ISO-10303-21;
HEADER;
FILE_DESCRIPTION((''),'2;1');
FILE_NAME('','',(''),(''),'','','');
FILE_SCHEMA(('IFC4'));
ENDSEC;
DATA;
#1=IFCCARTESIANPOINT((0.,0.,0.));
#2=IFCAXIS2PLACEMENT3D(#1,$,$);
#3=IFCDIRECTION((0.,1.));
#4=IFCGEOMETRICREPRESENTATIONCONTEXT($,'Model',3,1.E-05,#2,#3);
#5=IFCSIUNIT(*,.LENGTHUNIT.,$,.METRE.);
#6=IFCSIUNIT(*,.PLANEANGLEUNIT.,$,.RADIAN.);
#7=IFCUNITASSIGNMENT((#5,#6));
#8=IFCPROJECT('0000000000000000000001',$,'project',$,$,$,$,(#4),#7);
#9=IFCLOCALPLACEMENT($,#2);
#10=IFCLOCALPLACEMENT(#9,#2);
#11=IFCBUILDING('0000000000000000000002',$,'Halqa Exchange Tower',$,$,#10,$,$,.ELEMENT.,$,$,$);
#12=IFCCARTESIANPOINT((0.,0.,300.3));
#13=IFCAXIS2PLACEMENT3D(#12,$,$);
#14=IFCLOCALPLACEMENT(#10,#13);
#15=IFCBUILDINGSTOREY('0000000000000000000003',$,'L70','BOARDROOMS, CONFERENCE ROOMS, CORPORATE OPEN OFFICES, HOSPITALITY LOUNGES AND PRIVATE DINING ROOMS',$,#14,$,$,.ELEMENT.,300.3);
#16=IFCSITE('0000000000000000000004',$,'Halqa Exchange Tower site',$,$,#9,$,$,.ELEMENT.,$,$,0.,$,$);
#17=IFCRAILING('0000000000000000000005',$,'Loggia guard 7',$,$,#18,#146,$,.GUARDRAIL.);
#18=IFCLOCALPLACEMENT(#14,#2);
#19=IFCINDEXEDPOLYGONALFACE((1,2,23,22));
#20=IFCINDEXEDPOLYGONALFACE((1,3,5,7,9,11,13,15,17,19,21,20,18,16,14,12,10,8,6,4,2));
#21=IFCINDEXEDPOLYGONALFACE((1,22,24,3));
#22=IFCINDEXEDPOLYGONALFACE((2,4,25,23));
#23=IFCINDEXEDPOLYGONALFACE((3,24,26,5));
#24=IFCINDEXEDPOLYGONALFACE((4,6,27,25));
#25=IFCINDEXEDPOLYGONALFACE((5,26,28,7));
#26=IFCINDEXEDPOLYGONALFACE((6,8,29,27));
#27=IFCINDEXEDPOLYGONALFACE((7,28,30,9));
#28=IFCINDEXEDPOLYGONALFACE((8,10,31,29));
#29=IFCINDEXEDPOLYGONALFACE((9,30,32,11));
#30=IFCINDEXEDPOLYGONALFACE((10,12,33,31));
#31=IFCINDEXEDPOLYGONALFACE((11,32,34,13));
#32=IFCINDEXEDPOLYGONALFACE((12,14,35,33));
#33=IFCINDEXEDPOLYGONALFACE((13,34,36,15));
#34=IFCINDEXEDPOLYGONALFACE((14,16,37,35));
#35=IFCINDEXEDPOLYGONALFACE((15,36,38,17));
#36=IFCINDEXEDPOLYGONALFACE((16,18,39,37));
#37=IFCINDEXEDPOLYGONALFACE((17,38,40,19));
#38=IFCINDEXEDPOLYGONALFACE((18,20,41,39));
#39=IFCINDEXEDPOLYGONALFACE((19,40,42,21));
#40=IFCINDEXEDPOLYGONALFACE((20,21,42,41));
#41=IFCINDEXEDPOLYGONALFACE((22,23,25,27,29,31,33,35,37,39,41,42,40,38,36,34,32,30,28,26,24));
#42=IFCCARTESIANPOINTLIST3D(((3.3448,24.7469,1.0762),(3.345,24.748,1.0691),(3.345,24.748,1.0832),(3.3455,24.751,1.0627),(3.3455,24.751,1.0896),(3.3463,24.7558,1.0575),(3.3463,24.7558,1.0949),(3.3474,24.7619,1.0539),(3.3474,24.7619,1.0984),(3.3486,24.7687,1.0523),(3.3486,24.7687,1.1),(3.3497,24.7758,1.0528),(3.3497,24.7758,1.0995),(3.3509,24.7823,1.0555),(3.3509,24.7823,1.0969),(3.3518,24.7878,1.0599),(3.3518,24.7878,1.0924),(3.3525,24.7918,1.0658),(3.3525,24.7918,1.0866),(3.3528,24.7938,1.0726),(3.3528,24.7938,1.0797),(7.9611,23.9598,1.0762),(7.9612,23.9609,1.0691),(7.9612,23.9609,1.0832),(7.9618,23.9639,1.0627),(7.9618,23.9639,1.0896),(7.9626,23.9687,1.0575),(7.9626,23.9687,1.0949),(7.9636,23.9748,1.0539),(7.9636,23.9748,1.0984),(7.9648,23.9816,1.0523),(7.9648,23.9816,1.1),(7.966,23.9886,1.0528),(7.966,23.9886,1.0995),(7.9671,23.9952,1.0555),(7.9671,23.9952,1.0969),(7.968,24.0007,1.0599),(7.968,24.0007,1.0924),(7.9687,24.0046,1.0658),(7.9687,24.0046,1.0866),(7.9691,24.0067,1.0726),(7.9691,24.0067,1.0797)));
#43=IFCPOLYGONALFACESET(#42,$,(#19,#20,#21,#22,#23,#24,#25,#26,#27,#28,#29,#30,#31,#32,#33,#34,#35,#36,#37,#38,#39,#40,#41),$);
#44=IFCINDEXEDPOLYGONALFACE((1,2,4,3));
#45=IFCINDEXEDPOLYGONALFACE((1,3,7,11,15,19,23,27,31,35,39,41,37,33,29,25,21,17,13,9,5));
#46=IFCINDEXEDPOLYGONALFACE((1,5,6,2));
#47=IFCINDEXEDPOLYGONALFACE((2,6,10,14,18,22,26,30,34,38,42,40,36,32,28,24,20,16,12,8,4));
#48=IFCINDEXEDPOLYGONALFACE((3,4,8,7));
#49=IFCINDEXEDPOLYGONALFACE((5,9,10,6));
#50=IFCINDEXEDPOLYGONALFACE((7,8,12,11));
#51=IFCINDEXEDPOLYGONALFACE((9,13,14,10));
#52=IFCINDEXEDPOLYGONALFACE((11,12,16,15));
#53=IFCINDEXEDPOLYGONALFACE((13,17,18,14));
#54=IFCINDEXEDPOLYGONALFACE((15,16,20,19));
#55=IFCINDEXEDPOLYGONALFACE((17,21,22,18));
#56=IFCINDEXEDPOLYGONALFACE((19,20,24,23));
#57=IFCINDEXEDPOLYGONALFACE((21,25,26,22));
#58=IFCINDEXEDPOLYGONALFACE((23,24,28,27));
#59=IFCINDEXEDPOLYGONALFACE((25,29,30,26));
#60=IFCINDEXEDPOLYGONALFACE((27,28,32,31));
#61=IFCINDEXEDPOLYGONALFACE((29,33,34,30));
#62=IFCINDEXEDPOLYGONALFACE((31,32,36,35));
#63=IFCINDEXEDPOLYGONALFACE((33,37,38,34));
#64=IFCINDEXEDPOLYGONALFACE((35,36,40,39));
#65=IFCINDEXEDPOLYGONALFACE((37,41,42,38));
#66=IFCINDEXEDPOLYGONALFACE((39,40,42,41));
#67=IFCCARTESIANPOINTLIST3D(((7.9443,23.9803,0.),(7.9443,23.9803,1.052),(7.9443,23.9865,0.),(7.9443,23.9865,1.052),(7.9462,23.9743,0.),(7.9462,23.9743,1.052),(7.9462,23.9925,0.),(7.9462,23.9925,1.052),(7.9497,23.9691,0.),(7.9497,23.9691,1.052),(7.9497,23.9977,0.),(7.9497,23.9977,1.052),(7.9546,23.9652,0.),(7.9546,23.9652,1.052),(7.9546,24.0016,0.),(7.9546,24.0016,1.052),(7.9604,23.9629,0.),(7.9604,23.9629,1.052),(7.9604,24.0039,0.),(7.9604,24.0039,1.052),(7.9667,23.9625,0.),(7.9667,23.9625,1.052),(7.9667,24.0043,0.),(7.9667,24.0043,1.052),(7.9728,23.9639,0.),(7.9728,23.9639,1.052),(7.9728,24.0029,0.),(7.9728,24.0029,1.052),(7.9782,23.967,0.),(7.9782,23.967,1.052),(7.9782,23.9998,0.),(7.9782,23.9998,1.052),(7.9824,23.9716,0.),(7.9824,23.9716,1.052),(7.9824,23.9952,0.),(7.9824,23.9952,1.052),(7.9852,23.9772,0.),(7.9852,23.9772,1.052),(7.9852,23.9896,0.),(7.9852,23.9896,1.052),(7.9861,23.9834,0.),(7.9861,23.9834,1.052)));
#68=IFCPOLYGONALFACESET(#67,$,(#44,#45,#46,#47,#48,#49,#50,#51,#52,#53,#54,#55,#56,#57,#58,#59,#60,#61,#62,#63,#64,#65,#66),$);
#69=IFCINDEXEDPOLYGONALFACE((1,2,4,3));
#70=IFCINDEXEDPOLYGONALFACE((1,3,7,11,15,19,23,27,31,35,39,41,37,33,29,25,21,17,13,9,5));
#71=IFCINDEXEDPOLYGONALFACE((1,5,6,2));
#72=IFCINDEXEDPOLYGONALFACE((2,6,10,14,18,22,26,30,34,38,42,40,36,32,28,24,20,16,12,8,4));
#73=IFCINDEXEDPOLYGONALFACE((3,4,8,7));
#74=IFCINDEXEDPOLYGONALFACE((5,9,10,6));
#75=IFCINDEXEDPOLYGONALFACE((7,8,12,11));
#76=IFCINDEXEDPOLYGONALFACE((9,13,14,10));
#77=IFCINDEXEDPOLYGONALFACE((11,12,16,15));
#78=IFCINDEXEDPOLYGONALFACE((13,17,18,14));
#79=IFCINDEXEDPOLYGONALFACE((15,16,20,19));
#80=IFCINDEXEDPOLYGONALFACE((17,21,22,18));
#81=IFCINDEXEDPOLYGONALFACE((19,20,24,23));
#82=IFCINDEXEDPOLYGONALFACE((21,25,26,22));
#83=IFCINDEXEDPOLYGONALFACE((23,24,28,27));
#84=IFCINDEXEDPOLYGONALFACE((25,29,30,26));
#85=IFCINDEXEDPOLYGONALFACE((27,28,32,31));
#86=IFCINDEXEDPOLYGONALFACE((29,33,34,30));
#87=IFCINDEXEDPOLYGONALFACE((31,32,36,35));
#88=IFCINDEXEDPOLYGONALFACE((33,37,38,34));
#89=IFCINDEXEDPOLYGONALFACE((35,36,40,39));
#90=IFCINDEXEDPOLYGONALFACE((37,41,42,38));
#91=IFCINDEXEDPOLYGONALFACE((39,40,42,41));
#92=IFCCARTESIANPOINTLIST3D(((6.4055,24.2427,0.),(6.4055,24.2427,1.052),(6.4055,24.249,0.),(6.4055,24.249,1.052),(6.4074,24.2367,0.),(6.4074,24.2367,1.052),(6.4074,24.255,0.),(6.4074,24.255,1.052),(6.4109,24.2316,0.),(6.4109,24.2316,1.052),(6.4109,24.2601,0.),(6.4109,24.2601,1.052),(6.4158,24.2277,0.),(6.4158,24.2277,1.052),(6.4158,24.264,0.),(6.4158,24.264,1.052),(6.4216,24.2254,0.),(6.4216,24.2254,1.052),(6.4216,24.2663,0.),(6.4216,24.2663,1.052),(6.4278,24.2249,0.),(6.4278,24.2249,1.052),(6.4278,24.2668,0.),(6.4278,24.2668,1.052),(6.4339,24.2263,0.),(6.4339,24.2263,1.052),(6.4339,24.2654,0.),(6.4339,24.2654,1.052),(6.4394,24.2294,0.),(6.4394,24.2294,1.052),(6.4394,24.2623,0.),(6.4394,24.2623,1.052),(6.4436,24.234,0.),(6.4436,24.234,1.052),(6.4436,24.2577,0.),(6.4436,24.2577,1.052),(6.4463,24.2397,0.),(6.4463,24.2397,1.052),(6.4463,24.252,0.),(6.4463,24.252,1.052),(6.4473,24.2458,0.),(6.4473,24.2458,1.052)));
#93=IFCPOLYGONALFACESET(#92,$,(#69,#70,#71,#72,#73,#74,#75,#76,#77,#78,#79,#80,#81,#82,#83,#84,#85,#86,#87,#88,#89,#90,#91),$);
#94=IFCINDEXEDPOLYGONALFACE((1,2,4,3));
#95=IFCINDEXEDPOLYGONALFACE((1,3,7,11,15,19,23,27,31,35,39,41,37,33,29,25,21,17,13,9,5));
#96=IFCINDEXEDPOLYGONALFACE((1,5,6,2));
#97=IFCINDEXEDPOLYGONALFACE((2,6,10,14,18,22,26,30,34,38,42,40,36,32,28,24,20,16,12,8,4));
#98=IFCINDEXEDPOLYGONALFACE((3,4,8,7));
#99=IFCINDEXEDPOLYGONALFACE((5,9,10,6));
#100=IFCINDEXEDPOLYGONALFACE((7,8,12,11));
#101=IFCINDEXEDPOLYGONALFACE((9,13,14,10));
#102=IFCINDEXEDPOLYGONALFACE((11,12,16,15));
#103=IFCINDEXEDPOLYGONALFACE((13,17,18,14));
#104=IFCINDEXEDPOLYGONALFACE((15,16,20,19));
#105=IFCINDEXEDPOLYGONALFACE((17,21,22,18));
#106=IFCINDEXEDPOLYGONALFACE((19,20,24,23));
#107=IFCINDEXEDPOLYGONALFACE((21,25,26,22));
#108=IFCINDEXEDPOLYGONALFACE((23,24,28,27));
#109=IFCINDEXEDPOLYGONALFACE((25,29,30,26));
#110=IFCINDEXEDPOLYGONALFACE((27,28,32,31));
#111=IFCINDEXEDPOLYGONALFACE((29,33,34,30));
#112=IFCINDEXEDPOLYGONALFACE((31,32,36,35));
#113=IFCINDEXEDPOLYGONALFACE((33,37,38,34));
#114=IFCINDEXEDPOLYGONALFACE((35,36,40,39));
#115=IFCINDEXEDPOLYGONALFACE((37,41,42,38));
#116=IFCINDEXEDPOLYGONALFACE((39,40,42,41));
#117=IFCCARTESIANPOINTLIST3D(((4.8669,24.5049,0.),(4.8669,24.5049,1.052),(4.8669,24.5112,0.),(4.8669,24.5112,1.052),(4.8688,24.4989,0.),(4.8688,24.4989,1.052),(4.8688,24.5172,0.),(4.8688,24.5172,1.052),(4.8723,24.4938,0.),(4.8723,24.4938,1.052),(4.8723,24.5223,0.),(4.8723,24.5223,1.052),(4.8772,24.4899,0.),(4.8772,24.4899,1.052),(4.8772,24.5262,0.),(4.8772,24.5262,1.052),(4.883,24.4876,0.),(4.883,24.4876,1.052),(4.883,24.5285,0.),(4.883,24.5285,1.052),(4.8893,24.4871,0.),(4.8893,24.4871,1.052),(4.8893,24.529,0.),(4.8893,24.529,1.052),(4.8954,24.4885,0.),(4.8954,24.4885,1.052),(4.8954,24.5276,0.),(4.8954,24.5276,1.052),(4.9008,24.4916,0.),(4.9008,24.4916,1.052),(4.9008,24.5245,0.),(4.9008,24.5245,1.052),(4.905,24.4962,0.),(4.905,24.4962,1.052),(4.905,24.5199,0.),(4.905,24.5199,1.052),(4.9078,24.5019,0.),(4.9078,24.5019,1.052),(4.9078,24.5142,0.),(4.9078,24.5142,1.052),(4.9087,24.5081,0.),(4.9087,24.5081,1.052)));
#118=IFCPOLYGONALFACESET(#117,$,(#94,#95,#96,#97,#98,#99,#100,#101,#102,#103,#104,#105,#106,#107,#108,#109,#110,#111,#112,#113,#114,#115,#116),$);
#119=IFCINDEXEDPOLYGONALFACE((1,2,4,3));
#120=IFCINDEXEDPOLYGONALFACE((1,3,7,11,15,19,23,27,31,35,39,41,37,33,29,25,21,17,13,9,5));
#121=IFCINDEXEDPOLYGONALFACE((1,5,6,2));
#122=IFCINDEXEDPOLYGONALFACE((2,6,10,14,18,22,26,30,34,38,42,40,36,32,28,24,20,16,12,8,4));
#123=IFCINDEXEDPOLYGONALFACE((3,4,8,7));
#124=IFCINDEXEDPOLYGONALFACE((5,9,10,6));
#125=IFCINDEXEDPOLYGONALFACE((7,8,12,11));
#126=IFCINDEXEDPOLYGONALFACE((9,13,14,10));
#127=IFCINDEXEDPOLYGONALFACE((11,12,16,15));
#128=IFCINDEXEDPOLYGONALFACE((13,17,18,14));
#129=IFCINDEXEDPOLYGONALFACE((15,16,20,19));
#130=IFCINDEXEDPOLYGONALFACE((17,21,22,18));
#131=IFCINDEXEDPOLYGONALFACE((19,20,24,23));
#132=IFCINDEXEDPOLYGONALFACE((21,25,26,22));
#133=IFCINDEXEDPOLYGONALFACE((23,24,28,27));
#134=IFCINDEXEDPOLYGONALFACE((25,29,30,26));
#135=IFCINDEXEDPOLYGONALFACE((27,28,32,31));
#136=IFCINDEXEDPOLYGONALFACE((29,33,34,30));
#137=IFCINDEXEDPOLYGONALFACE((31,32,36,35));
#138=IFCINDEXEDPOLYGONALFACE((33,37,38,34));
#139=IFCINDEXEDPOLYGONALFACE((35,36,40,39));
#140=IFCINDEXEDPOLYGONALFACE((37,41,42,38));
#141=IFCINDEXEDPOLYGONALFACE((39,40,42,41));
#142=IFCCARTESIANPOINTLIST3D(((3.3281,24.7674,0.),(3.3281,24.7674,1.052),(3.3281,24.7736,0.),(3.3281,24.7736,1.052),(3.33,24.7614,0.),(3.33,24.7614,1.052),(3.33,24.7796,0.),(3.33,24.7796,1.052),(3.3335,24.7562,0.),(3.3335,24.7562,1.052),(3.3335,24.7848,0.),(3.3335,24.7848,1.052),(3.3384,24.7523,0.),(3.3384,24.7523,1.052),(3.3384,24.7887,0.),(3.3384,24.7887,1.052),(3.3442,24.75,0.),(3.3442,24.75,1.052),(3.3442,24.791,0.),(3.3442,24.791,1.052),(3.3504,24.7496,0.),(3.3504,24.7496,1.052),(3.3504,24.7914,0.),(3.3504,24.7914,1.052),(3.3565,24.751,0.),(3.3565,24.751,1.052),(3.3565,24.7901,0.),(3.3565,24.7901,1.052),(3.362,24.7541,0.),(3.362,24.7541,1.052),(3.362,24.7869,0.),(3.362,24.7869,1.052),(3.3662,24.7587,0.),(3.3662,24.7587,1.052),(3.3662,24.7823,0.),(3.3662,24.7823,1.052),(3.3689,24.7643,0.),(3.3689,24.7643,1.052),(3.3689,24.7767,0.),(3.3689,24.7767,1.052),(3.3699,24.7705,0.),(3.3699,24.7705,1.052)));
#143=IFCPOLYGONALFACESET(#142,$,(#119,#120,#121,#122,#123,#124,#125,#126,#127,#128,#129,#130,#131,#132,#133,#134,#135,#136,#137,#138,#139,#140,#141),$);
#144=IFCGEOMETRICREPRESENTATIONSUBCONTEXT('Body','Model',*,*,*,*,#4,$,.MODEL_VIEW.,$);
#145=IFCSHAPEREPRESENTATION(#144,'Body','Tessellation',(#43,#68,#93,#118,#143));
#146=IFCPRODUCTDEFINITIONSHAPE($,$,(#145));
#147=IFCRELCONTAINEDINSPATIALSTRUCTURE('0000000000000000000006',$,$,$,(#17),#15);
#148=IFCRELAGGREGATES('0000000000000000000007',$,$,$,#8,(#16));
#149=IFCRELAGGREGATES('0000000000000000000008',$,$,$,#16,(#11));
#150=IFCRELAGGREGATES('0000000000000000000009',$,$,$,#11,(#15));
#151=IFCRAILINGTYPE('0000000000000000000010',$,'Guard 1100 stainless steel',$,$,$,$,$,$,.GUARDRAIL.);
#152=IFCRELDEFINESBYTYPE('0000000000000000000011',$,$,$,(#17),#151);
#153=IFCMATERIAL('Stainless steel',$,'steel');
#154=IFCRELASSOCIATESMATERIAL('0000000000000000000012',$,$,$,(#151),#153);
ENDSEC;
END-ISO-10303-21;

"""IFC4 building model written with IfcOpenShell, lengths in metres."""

from ifc_helpers import new_model, si_unit, direction, frame, origin, origin_2d, place, context, subcontext, project, spatial, circle, extrude, material, type_object, element, save


model = new_model("IFC4")

# Units and contexts
model_context = context("Model", 3, precision=1e-05, world=origin(), true_north=direction((0.0, 1.0)))
body_context = subcontext(model_context, "Body", "Model", "MODEL_VIEW")
ifc_project = project(units=[si_unit("LENGTHUNIT", "METRE"), si_unit("PLANEANGLEUNIT", "RADIAN")], contexts=[model_context])

# Site, building, storey
site_placement = place(None, origin())
site = spatial("IfcSite", under=ifc_project, at=site_placement, Name="Halqa Exchange Tower site", CompositionType="ELEMENT", RefElevation=0.0)
building_placement = place(site_placement, origin())
building = spatial("IfcBuilding", under=site, at=building_placement, Name="Halqa Exchange Tower", CompositionType="ELEMENT")
storey_placement = place(building_placement, frame((0.0, 0.0, 300.3)))
storey = spatial("IfcBuildingStorey", under=building, at=storey_placement, Name="L70", Description="BOARDROOMS, CONFERENCE ROOMS, CORPORATE OPEN OFFICES, HOSPITALITY LOUNGES AND PRIVATE DINING ROOMS", CompositionType="ELEMENT", Elevation=300.3)

# Railing
ifc_material_1 = material(Name="Stainless steel", Category="steel")
railing_type_1 = type_object("IfcRailingType", Name="Guard 1100 stainless steel", PredefinedType="GUARDRAIL", material=ifc_material_1)
railing_1_placement = place(storey_placement, frame((7.9651, 23.9834, 0.0)))
element("IfcRailing", 1, at=railing_1_placement, inside=storey, type_object=railing_type_1, Name="Loggia guard 7", PredefinedType="GUARDRAIL", context=body_context, shape_type="SweptSolid", body=[
    extrude(circle(Radius=0.0239, at=origin_2d()), frame((0.0, 0.0, 1.0762), z_axis=(-0.985773, 0.168084, 0.0), x_axis=(-0.168084, -0.985773, 0.0)), (0.0, 0.0, 1.0), 4.6829),
    extrude(circle(Radius=0.021, at=origin_2d()), origin(), (0.0, 0.0, 1.0), 1.052),
    extrude(circle(Radius=0.021, at=origin_2d()), frame((-1.5388, 0.2625, 0.0)), (0.0, 0.0, 1.0), 1.052),
    extrude(circle(Radius=0.021, at=origin_2d()), frame((-3.0774, 0.5247, 0.0)), (0.0, 0.0, 1.0), 1.052),
    extrude(circle(Radius=0.021, at=origin_2d()), frame((-4.6162, 0.7871, 0.0)), (0.0, 0.0, 1.0), 1.052),
])

save(model, "model.ifc")
